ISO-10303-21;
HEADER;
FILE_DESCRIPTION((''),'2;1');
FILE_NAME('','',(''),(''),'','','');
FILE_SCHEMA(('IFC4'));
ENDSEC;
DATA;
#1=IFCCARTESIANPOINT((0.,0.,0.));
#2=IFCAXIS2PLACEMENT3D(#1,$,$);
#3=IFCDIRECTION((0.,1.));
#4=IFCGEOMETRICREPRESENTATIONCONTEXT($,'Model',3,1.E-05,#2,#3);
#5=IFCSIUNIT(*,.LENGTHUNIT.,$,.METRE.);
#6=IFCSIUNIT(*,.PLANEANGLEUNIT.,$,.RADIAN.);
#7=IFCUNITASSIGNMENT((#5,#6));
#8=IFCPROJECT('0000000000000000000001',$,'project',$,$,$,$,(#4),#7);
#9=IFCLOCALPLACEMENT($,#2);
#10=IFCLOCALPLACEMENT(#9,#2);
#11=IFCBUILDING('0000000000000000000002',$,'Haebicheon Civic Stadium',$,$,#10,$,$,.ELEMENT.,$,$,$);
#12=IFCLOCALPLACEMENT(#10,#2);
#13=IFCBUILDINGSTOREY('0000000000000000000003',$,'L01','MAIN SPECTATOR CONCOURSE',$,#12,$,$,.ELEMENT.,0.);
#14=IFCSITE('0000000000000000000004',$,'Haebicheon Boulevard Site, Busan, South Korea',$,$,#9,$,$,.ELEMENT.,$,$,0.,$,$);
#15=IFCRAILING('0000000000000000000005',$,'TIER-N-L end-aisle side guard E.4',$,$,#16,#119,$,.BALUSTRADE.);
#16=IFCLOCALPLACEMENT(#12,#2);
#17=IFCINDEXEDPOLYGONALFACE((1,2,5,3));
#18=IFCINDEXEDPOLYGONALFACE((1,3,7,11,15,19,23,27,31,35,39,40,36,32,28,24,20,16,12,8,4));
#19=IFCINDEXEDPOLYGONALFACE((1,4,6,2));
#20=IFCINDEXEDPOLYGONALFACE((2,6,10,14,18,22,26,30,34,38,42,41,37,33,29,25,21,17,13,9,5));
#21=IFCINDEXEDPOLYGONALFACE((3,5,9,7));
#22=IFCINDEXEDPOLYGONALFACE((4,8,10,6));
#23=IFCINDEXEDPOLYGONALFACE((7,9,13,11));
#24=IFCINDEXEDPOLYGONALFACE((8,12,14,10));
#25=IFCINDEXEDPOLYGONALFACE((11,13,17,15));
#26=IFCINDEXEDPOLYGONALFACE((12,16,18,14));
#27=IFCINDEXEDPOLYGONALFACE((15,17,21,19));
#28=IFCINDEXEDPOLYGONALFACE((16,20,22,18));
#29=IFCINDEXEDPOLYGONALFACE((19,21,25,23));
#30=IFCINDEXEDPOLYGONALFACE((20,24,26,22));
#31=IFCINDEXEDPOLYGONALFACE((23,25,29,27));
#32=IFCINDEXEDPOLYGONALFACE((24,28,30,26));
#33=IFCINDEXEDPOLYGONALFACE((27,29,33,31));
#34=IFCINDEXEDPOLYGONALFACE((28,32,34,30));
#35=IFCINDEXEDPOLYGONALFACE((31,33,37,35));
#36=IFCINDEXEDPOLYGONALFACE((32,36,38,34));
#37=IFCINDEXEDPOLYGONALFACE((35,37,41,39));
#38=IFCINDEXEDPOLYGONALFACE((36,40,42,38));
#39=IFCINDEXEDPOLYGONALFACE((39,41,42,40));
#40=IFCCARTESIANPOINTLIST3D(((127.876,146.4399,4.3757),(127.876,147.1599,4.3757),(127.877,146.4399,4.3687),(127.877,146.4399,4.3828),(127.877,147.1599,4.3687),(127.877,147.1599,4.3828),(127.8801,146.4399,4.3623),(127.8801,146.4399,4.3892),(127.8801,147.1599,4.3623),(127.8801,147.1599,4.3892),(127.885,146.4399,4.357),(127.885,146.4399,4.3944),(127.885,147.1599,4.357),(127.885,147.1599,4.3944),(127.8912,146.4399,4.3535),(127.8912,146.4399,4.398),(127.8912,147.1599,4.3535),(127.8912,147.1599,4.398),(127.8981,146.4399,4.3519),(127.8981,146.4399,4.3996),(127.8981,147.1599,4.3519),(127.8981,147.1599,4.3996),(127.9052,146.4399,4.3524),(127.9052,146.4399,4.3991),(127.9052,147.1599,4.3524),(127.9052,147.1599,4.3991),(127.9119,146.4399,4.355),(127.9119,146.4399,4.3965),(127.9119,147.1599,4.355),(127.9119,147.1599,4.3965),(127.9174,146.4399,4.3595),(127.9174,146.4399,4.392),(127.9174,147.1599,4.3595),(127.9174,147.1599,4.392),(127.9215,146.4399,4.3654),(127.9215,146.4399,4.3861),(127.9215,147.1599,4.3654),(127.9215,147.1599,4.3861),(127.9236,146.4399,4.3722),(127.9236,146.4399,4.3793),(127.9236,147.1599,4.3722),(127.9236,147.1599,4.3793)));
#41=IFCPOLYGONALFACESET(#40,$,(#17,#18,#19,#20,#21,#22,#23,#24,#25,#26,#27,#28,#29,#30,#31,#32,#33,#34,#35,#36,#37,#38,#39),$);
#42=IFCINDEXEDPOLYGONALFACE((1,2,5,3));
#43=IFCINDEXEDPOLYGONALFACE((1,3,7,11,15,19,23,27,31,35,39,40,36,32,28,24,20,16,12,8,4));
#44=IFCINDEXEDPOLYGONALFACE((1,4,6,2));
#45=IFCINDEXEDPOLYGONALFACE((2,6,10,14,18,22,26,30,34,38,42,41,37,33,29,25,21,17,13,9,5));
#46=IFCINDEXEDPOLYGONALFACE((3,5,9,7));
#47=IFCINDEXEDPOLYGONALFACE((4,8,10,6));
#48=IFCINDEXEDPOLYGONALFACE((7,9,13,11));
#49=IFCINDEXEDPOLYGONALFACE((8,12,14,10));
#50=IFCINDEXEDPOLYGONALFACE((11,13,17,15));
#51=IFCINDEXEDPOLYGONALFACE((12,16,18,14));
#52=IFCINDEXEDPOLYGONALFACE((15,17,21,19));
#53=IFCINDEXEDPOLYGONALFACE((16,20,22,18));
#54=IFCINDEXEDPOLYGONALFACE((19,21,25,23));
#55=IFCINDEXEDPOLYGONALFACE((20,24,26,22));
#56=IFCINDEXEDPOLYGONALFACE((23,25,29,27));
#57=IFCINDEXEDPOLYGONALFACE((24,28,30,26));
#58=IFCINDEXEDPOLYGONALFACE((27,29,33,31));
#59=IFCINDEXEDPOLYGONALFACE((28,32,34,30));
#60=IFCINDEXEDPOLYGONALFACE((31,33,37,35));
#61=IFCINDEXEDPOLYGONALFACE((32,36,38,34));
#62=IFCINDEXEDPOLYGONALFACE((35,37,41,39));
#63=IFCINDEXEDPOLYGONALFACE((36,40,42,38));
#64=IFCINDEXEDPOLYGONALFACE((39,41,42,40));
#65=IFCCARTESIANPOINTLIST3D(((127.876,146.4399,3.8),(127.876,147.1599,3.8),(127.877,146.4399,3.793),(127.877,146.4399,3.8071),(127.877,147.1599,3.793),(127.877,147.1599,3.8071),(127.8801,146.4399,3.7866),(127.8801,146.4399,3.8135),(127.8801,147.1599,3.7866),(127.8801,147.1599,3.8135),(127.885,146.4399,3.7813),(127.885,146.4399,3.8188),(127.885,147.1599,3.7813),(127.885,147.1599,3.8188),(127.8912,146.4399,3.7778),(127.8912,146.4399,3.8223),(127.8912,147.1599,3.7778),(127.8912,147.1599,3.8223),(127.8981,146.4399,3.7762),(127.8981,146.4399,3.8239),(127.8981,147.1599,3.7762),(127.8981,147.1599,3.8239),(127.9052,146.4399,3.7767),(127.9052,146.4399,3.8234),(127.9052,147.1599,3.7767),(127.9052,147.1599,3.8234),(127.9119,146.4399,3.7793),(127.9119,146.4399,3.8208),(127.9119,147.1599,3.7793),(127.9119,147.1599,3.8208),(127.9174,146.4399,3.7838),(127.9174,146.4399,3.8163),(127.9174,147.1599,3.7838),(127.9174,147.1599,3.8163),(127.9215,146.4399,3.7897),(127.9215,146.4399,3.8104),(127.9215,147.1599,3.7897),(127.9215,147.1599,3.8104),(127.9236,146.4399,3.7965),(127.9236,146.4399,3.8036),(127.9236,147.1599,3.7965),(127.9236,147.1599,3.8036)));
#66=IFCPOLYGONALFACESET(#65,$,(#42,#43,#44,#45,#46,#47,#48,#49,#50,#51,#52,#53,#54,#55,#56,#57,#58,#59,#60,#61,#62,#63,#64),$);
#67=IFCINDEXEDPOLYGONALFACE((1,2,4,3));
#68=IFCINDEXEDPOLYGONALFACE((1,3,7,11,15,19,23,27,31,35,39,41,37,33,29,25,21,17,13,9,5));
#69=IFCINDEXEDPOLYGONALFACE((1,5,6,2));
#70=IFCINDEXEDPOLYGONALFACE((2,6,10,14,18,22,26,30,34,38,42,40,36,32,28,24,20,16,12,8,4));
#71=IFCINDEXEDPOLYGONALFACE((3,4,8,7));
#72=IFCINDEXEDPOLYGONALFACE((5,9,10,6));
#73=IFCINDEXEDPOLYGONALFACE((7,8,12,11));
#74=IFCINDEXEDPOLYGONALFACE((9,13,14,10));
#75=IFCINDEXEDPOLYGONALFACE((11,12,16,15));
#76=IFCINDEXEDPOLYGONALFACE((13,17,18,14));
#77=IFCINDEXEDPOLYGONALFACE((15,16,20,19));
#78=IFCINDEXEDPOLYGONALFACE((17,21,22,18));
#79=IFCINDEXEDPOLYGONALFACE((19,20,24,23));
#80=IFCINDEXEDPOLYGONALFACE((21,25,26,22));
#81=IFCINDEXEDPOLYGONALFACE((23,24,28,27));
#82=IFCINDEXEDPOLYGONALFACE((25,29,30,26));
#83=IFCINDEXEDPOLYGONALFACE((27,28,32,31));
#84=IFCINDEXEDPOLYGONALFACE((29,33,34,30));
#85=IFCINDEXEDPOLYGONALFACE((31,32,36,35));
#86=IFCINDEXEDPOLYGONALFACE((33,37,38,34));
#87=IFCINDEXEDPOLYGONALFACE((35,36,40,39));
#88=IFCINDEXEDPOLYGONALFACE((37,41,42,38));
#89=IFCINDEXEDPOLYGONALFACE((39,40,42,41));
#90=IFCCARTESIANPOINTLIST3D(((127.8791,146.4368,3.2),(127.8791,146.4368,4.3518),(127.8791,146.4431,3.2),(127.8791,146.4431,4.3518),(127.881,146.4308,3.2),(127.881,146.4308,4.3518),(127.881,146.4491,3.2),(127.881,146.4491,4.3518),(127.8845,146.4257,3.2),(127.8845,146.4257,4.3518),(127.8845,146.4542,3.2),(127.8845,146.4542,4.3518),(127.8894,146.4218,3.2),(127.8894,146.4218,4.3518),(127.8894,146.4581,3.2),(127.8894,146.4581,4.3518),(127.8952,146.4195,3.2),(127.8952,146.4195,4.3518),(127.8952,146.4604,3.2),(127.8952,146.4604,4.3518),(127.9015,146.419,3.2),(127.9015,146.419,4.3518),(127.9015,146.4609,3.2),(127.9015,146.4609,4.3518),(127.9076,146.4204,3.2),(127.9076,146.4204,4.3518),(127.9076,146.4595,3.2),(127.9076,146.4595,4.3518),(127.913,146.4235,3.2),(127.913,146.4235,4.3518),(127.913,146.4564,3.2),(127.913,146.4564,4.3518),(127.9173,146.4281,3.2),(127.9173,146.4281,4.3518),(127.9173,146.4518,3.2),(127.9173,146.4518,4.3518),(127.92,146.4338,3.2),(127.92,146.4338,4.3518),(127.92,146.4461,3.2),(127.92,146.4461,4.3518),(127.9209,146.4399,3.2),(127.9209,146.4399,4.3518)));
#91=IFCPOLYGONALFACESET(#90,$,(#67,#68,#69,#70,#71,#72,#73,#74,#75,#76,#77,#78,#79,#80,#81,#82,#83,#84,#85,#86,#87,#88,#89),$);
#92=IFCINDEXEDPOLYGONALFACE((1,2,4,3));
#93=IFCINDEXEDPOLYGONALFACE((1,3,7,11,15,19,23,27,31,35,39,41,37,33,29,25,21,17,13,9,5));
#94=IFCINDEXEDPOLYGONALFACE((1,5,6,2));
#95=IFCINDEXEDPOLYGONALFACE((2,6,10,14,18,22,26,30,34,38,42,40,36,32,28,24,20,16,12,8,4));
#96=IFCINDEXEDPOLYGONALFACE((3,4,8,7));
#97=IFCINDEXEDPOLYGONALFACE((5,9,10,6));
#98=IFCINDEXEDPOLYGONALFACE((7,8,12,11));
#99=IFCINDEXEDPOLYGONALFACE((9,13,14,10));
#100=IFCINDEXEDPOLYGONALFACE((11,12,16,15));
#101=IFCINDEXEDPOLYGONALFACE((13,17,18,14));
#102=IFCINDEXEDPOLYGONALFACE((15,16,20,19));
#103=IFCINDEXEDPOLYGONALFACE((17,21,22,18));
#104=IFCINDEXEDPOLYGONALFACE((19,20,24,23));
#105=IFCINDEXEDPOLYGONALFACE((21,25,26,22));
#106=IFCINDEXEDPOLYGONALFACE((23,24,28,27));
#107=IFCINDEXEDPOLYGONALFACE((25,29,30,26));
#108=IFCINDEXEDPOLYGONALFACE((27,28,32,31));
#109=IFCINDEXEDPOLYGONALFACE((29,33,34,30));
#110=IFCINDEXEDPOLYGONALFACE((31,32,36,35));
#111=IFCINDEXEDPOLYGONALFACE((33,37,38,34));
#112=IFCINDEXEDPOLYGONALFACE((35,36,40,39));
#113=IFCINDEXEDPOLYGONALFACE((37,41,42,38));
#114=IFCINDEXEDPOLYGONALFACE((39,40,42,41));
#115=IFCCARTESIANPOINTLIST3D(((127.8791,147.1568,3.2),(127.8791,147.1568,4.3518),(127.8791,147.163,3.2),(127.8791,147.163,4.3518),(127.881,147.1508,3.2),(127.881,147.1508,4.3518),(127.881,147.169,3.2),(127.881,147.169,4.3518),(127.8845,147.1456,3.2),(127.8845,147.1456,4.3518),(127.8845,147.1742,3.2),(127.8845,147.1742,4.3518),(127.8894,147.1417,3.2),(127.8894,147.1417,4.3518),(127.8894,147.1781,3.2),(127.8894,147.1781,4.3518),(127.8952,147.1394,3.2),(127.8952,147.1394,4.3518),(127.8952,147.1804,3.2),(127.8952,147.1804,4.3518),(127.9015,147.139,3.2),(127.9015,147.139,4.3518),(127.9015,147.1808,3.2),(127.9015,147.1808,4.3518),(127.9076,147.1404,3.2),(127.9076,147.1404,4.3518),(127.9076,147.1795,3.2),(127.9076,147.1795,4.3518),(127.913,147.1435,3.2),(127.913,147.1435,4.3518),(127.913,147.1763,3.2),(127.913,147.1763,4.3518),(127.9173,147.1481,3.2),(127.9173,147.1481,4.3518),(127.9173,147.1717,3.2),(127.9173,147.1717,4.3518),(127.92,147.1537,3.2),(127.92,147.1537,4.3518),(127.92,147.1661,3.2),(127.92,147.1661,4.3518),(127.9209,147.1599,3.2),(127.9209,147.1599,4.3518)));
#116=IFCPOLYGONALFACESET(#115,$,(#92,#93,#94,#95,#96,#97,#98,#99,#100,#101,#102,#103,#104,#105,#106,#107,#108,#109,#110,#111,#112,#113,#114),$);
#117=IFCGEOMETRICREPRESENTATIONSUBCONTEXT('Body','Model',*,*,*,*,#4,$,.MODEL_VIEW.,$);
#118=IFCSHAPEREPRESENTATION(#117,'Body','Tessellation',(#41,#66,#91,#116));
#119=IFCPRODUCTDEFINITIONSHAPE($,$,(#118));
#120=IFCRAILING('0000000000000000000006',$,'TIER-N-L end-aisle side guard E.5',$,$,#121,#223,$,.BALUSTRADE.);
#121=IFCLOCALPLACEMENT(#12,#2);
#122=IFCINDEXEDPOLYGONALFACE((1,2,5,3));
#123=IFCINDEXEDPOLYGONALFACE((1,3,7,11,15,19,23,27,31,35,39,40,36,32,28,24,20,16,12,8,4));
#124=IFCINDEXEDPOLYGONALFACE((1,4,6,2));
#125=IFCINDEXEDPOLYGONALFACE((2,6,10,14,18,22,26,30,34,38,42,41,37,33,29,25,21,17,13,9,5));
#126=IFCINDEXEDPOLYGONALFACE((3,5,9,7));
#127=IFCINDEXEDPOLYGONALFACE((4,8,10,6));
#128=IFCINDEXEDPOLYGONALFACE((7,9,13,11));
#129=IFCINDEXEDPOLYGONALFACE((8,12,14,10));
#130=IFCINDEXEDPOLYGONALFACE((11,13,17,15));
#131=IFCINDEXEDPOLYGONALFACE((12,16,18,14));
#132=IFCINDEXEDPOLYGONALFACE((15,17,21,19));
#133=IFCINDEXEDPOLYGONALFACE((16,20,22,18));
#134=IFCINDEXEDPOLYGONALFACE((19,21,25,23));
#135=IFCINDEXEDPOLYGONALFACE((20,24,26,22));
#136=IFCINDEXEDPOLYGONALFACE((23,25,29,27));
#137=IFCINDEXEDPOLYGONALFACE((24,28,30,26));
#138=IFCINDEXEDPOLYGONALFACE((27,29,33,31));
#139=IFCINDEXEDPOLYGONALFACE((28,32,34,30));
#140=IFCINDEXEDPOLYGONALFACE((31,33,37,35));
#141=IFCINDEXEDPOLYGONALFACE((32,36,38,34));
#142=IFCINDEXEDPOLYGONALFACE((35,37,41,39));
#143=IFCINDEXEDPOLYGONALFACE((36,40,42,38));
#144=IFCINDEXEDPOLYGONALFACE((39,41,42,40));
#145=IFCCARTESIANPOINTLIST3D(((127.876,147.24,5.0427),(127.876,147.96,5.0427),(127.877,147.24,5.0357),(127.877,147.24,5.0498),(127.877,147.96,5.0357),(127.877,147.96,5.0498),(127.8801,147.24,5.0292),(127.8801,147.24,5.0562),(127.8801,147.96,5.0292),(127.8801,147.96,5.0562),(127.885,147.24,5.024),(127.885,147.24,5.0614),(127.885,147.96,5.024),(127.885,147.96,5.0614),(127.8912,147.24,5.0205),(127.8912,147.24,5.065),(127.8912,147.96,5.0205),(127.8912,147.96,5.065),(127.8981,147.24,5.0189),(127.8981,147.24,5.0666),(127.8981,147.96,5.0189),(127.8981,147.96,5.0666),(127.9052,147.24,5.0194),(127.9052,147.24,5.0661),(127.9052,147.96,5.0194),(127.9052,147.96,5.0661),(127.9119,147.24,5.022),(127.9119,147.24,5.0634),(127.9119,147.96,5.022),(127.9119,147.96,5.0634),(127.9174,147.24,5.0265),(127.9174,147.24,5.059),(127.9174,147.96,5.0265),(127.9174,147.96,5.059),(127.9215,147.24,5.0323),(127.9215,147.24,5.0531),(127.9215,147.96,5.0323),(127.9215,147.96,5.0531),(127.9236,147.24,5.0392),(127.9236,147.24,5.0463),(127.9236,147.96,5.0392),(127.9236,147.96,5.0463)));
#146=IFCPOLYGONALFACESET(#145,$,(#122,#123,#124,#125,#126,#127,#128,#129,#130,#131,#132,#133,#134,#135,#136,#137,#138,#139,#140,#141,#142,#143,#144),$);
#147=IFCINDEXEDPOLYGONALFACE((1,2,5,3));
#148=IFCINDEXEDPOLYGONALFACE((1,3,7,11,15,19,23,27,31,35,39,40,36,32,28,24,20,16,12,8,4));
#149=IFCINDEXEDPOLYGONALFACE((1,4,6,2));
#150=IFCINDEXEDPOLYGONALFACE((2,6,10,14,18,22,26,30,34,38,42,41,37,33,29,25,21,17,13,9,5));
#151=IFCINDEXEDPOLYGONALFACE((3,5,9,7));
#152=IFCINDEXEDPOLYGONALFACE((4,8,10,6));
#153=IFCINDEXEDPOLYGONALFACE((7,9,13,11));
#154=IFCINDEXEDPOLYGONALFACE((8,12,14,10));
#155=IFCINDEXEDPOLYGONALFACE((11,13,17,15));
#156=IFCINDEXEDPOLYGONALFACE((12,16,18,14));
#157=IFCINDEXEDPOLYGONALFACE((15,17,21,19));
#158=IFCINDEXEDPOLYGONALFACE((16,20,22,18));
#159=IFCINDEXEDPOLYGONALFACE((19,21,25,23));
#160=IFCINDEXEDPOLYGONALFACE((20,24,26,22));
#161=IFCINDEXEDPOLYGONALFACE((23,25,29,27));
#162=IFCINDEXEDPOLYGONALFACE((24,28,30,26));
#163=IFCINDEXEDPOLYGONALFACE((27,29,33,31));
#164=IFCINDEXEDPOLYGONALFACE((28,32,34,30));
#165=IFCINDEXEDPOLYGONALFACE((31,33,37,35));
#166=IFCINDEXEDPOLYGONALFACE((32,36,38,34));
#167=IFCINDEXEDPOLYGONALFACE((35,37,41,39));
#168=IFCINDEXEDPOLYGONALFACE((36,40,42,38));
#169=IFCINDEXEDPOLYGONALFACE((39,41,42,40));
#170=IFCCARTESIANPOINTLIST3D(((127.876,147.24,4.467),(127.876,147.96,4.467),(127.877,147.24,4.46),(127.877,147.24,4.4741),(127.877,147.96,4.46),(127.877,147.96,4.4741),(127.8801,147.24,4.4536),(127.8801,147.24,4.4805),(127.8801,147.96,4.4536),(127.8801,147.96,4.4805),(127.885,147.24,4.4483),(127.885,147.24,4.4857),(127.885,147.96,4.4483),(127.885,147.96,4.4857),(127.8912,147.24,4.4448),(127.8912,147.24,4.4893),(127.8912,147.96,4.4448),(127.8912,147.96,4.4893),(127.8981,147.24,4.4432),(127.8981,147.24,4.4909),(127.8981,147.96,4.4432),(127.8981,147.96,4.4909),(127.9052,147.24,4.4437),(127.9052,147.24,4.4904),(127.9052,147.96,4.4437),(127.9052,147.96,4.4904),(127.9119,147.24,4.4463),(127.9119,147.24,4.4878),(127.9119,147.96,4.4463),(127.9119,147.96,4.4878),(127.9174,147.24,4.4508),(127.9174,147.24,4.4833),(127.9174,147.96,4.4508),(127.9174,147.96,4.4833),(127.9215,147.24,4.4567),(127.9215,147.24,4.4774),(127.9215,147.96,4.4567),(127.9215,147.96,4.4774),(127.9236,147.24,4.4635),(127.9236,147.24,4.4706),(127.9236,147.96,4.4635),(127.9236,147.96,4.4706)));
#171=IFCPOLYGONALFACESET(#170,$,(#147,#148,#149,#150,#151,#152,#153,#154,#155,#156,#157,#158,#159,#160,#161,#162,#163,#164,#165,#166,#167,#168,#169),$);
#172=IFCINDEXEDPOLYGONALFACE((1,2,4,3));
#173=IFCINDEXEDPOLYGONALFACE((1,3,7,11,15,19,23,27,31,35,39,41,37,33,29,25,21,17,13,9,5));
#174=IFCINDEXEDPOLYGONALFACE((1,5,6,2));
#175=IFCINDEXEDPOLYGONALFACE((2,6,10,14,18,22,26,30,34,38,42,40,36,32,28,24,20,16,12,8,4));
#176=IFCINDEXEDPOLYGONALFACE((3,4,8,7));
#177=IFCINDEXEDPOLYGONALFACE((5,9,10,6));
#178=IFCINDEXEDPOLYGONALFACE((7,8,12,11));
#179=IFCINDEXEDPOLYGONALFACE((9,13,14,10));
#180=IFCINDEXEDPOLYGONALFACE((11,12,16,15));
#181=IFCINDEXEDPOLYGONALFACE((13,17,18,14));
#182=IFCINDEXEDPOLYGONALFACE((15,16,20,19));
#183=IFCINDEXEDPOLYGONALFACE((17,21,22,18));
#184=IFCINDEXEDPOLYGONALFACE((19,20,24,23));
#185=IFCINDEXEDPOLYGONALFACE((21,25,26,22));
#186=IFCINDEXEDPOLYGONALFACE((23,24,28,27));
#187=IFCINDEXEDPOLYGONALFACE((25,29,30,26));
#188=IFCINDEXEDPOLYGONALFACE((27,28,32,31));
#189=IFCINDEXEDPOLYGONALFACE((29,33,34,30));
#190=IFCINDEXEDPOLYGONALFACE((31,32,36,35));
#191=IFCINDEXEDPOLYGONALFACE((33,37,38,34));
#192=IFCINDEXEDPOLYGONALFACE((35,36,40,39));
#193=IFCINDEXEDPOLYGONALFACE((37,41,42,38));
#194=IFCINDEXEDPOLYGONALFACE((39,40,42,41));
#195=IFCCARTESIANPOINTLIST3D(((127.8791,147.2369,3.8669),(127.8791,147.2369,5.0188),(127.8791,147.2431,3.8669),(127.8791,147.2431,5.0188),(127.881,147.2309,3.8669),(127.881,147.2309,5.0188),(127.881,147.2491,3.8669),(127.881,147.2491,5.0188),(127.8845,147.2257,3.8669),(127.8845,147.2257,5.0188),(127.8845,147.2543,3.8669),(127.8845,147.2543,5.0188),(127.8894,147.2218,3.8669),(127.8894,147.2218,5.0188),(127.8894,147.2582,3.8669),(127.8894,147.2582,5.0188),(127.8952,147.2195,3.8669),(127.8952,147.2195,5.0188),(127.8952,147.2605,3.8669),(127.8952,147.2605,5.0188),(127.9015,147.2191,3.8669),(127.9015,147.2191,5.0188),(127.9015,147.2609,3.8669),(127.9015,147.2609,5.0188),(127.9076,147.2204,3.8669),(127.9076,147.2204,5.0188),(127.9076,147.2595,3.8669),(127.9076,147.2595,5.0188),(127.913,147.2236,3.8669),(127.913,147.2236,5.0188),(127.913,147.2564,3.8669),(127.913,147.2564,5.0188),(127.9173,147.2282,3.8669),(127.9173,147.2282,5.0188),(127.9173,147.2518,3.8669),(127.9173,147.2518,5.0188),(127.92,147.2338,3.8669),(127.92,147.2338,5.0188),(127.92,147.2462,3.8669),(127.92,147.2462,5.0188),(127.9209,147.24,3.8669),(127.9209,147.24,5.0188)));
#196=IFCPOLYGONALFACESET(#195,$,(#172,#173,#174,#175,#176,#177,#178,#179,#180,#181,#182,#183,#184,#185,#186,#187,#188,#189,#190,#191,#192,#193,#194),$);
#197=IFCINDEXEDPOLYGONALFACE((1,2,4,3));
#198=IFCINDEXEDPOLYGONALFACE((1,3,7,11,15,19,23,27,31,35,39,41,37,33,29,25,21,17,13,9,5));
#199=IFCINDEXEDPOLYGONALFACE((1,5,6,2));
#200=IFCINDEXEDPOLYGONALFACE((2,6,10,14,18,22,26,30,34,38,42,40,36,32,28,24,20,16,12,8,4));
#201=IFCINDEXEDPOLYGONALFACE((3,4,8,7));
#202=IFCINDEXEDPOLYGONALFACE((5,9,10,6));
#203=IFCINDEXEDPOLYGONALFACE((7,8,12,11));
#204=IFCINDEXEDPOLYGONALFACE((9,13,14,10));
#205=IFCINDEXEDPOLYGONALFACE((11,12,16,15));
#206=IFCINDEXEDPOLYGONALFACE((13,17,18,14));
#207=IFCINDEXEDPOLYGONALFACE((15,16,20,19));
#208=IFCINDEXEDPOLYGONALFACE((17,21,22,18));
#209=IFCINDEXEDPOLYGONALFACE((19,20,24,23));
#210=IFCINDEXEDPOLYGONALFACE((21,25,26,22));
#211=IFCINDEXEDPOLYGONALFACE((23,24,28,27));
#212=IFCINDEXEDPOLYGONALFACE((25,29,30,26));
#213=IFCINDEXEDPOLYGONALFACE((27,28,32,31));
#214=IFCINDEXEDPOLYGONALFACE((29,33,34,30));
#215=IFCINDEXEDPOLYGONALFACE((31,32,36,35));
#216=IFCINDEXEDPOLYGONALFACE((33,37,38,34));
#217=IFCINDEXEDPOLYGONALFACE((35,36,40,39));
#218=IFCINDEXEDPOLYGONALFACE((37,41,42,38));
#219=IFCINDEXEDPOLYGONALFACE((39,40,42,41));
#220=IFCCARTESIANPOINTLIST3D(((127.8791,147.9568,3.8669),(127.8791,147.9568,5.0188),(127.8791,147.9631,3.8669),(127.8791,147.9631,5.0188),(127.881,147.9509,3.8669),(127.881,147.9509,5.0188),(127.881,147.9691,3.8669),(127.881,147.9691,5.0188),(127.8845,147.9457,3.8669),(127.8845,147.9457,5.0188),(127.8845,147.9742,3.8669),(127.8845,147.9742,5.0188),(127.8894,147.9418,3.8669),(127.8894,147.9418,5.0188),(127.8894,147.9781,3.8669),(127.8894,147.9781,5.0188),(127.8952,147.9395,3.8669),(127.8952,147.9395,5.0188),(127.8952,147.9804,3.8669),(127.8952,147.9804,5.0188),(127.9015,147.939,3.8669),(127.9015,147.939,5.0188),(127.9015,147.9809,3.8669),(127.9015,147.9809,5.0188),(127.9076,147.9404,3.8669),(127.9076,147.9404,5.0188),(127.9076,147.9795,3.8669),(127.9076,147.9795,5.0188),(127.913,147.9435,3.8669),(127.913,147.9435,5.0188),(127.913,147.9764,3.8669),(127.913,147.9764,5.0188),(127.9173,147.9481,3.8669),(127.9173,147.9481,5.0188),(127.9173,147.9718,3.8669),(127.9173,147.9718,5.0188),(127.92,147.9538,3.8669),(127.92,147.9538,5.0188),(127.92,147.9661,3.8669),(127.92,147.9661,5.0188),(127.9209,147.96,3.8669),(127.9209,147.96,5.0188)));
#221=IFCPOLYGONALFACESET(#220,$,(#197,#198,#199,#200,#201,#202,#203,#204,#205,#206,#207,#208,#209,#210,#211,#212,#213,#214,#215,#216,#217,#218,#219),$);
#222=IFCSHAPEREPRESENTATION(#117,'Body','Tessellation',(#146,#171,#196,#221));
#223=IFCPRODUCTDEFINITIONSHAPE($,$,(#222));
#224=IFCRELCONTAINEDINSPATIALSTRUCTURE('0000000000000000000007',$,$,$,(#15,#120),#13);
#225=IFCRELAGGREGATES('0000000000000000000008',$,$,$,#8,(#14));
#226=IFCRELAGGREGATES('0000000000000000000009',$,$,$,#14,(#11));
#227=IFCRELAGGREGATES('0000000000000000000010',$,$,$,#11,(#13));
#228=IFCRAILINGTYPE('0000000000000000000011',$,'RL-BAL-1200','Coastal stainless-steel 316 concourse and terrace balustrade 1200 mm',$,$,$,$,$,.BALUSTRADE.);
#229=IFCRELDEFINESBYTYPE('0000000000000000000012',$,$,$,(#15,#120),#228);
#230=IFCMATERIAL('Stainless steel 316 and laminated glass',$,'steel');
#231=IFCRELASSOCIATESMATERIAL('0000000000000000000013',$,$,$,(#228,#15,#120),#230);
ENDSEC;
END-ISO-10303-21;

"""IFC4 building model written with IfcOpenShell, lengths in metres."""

from ifc_helpers import new_model, si_unit, direction, frame, origin, origin_2d, place, context, subcontext, project, spatial, circle, extrude, material, type_object, element, save


model = new_model("IFC4")

# Units and contexts
model_context = context("Model", 3, precision=1e-05, world=origin(), true_north=direction((0.0, 1.0)))
body_context = subcontext(model_context, "Body", "Model", "MODEL_VIEW")
ifc_project = project(units=[si_unit("LENGTHUNIT", "METRE"), si_unit("PLANEANGLEUNIT", "RADIAN")], contexts=[model_context])

# Site, building, storey
site_placement = place(None, origin())
site = spatial("IfcSite", under=ifc_project, at=site_placement, Name="Haebicheon Boulevard Site, Busan, South Korea", CompositionType="ELEMENT", RefElevation=0.0)
building_placement = place(site_placement, origin())
building = spatial("IfcBuilding", under=site, at=building_placement, Name="Haebicheon Civic Stadium", CompositionType="ELEMENT")
storey_placement = place(building_placement, origin())
storey = spatial("IfcBuildingStorey", under=building, at=storey_placement, Name="L01", Description="MAIN SPECTATOR CONCOURSE", CompositionType="ELEMENT", Elevation=0.0)

# Railings
ifc_material_1 = material(Name="Stainless steel 316 and laminated glass", Category="steel")
railing_type = type_object("IfcRailingType", Name="RL-BAL-1200", Description="Coastal stainless-steel 316 concourse and terrace balustrade 1200 mm", PredefinedType="BALUSTRADE", material=ifc_material_1)
for number, where, name in (
    (1, (127.8999, 146.4399, 3.2), "TIER-N-L end-aisle side guard E.4"),
    (2, (127.8999, 147.24, 3.8669), "TIER-N-L end-aisle side guard E.5"),
):
    element("IfcRailing", number, at=place(storey_placement, frame(where)), inside=storey, type_object=railing_type, material=ifc_material_1, Name=name, PredefinedType="BALUSTRADE", context=body_context, shape_type="SweptSolid", body=[
        extrude(circle(Radius=0.0239, at=origin_2d()), frame((0.0, 0.0, 1.1758), z_axis=(0.0, 1.0, 0.0), x_axis=(-1.0, 0.0, 0.0)), (0.0, 0.0, 1.0), 0.72),
        extrude(circle(Radius=0.0239, at=origin_2d()), frame((0.0, 0.0, 0.6001), z_axis=(0.0, 1.0, 0.0), x_axis=(-1.0, 0.0, 0.0)), (0.0, 0.0, 1.0), 0.72),
        extrude(circle(Radius=0.021, at=origin_2d()), origin(), (0.0, 0.0, 1.0), 1.1519),
        extrude(circle(Radius=0.021, at=origin_2d()), frame((0.0, 0.72, 0.0)), (0.0, 0.0, 1.0), 1.1519),
    ])

save(model, "model.ifc")
